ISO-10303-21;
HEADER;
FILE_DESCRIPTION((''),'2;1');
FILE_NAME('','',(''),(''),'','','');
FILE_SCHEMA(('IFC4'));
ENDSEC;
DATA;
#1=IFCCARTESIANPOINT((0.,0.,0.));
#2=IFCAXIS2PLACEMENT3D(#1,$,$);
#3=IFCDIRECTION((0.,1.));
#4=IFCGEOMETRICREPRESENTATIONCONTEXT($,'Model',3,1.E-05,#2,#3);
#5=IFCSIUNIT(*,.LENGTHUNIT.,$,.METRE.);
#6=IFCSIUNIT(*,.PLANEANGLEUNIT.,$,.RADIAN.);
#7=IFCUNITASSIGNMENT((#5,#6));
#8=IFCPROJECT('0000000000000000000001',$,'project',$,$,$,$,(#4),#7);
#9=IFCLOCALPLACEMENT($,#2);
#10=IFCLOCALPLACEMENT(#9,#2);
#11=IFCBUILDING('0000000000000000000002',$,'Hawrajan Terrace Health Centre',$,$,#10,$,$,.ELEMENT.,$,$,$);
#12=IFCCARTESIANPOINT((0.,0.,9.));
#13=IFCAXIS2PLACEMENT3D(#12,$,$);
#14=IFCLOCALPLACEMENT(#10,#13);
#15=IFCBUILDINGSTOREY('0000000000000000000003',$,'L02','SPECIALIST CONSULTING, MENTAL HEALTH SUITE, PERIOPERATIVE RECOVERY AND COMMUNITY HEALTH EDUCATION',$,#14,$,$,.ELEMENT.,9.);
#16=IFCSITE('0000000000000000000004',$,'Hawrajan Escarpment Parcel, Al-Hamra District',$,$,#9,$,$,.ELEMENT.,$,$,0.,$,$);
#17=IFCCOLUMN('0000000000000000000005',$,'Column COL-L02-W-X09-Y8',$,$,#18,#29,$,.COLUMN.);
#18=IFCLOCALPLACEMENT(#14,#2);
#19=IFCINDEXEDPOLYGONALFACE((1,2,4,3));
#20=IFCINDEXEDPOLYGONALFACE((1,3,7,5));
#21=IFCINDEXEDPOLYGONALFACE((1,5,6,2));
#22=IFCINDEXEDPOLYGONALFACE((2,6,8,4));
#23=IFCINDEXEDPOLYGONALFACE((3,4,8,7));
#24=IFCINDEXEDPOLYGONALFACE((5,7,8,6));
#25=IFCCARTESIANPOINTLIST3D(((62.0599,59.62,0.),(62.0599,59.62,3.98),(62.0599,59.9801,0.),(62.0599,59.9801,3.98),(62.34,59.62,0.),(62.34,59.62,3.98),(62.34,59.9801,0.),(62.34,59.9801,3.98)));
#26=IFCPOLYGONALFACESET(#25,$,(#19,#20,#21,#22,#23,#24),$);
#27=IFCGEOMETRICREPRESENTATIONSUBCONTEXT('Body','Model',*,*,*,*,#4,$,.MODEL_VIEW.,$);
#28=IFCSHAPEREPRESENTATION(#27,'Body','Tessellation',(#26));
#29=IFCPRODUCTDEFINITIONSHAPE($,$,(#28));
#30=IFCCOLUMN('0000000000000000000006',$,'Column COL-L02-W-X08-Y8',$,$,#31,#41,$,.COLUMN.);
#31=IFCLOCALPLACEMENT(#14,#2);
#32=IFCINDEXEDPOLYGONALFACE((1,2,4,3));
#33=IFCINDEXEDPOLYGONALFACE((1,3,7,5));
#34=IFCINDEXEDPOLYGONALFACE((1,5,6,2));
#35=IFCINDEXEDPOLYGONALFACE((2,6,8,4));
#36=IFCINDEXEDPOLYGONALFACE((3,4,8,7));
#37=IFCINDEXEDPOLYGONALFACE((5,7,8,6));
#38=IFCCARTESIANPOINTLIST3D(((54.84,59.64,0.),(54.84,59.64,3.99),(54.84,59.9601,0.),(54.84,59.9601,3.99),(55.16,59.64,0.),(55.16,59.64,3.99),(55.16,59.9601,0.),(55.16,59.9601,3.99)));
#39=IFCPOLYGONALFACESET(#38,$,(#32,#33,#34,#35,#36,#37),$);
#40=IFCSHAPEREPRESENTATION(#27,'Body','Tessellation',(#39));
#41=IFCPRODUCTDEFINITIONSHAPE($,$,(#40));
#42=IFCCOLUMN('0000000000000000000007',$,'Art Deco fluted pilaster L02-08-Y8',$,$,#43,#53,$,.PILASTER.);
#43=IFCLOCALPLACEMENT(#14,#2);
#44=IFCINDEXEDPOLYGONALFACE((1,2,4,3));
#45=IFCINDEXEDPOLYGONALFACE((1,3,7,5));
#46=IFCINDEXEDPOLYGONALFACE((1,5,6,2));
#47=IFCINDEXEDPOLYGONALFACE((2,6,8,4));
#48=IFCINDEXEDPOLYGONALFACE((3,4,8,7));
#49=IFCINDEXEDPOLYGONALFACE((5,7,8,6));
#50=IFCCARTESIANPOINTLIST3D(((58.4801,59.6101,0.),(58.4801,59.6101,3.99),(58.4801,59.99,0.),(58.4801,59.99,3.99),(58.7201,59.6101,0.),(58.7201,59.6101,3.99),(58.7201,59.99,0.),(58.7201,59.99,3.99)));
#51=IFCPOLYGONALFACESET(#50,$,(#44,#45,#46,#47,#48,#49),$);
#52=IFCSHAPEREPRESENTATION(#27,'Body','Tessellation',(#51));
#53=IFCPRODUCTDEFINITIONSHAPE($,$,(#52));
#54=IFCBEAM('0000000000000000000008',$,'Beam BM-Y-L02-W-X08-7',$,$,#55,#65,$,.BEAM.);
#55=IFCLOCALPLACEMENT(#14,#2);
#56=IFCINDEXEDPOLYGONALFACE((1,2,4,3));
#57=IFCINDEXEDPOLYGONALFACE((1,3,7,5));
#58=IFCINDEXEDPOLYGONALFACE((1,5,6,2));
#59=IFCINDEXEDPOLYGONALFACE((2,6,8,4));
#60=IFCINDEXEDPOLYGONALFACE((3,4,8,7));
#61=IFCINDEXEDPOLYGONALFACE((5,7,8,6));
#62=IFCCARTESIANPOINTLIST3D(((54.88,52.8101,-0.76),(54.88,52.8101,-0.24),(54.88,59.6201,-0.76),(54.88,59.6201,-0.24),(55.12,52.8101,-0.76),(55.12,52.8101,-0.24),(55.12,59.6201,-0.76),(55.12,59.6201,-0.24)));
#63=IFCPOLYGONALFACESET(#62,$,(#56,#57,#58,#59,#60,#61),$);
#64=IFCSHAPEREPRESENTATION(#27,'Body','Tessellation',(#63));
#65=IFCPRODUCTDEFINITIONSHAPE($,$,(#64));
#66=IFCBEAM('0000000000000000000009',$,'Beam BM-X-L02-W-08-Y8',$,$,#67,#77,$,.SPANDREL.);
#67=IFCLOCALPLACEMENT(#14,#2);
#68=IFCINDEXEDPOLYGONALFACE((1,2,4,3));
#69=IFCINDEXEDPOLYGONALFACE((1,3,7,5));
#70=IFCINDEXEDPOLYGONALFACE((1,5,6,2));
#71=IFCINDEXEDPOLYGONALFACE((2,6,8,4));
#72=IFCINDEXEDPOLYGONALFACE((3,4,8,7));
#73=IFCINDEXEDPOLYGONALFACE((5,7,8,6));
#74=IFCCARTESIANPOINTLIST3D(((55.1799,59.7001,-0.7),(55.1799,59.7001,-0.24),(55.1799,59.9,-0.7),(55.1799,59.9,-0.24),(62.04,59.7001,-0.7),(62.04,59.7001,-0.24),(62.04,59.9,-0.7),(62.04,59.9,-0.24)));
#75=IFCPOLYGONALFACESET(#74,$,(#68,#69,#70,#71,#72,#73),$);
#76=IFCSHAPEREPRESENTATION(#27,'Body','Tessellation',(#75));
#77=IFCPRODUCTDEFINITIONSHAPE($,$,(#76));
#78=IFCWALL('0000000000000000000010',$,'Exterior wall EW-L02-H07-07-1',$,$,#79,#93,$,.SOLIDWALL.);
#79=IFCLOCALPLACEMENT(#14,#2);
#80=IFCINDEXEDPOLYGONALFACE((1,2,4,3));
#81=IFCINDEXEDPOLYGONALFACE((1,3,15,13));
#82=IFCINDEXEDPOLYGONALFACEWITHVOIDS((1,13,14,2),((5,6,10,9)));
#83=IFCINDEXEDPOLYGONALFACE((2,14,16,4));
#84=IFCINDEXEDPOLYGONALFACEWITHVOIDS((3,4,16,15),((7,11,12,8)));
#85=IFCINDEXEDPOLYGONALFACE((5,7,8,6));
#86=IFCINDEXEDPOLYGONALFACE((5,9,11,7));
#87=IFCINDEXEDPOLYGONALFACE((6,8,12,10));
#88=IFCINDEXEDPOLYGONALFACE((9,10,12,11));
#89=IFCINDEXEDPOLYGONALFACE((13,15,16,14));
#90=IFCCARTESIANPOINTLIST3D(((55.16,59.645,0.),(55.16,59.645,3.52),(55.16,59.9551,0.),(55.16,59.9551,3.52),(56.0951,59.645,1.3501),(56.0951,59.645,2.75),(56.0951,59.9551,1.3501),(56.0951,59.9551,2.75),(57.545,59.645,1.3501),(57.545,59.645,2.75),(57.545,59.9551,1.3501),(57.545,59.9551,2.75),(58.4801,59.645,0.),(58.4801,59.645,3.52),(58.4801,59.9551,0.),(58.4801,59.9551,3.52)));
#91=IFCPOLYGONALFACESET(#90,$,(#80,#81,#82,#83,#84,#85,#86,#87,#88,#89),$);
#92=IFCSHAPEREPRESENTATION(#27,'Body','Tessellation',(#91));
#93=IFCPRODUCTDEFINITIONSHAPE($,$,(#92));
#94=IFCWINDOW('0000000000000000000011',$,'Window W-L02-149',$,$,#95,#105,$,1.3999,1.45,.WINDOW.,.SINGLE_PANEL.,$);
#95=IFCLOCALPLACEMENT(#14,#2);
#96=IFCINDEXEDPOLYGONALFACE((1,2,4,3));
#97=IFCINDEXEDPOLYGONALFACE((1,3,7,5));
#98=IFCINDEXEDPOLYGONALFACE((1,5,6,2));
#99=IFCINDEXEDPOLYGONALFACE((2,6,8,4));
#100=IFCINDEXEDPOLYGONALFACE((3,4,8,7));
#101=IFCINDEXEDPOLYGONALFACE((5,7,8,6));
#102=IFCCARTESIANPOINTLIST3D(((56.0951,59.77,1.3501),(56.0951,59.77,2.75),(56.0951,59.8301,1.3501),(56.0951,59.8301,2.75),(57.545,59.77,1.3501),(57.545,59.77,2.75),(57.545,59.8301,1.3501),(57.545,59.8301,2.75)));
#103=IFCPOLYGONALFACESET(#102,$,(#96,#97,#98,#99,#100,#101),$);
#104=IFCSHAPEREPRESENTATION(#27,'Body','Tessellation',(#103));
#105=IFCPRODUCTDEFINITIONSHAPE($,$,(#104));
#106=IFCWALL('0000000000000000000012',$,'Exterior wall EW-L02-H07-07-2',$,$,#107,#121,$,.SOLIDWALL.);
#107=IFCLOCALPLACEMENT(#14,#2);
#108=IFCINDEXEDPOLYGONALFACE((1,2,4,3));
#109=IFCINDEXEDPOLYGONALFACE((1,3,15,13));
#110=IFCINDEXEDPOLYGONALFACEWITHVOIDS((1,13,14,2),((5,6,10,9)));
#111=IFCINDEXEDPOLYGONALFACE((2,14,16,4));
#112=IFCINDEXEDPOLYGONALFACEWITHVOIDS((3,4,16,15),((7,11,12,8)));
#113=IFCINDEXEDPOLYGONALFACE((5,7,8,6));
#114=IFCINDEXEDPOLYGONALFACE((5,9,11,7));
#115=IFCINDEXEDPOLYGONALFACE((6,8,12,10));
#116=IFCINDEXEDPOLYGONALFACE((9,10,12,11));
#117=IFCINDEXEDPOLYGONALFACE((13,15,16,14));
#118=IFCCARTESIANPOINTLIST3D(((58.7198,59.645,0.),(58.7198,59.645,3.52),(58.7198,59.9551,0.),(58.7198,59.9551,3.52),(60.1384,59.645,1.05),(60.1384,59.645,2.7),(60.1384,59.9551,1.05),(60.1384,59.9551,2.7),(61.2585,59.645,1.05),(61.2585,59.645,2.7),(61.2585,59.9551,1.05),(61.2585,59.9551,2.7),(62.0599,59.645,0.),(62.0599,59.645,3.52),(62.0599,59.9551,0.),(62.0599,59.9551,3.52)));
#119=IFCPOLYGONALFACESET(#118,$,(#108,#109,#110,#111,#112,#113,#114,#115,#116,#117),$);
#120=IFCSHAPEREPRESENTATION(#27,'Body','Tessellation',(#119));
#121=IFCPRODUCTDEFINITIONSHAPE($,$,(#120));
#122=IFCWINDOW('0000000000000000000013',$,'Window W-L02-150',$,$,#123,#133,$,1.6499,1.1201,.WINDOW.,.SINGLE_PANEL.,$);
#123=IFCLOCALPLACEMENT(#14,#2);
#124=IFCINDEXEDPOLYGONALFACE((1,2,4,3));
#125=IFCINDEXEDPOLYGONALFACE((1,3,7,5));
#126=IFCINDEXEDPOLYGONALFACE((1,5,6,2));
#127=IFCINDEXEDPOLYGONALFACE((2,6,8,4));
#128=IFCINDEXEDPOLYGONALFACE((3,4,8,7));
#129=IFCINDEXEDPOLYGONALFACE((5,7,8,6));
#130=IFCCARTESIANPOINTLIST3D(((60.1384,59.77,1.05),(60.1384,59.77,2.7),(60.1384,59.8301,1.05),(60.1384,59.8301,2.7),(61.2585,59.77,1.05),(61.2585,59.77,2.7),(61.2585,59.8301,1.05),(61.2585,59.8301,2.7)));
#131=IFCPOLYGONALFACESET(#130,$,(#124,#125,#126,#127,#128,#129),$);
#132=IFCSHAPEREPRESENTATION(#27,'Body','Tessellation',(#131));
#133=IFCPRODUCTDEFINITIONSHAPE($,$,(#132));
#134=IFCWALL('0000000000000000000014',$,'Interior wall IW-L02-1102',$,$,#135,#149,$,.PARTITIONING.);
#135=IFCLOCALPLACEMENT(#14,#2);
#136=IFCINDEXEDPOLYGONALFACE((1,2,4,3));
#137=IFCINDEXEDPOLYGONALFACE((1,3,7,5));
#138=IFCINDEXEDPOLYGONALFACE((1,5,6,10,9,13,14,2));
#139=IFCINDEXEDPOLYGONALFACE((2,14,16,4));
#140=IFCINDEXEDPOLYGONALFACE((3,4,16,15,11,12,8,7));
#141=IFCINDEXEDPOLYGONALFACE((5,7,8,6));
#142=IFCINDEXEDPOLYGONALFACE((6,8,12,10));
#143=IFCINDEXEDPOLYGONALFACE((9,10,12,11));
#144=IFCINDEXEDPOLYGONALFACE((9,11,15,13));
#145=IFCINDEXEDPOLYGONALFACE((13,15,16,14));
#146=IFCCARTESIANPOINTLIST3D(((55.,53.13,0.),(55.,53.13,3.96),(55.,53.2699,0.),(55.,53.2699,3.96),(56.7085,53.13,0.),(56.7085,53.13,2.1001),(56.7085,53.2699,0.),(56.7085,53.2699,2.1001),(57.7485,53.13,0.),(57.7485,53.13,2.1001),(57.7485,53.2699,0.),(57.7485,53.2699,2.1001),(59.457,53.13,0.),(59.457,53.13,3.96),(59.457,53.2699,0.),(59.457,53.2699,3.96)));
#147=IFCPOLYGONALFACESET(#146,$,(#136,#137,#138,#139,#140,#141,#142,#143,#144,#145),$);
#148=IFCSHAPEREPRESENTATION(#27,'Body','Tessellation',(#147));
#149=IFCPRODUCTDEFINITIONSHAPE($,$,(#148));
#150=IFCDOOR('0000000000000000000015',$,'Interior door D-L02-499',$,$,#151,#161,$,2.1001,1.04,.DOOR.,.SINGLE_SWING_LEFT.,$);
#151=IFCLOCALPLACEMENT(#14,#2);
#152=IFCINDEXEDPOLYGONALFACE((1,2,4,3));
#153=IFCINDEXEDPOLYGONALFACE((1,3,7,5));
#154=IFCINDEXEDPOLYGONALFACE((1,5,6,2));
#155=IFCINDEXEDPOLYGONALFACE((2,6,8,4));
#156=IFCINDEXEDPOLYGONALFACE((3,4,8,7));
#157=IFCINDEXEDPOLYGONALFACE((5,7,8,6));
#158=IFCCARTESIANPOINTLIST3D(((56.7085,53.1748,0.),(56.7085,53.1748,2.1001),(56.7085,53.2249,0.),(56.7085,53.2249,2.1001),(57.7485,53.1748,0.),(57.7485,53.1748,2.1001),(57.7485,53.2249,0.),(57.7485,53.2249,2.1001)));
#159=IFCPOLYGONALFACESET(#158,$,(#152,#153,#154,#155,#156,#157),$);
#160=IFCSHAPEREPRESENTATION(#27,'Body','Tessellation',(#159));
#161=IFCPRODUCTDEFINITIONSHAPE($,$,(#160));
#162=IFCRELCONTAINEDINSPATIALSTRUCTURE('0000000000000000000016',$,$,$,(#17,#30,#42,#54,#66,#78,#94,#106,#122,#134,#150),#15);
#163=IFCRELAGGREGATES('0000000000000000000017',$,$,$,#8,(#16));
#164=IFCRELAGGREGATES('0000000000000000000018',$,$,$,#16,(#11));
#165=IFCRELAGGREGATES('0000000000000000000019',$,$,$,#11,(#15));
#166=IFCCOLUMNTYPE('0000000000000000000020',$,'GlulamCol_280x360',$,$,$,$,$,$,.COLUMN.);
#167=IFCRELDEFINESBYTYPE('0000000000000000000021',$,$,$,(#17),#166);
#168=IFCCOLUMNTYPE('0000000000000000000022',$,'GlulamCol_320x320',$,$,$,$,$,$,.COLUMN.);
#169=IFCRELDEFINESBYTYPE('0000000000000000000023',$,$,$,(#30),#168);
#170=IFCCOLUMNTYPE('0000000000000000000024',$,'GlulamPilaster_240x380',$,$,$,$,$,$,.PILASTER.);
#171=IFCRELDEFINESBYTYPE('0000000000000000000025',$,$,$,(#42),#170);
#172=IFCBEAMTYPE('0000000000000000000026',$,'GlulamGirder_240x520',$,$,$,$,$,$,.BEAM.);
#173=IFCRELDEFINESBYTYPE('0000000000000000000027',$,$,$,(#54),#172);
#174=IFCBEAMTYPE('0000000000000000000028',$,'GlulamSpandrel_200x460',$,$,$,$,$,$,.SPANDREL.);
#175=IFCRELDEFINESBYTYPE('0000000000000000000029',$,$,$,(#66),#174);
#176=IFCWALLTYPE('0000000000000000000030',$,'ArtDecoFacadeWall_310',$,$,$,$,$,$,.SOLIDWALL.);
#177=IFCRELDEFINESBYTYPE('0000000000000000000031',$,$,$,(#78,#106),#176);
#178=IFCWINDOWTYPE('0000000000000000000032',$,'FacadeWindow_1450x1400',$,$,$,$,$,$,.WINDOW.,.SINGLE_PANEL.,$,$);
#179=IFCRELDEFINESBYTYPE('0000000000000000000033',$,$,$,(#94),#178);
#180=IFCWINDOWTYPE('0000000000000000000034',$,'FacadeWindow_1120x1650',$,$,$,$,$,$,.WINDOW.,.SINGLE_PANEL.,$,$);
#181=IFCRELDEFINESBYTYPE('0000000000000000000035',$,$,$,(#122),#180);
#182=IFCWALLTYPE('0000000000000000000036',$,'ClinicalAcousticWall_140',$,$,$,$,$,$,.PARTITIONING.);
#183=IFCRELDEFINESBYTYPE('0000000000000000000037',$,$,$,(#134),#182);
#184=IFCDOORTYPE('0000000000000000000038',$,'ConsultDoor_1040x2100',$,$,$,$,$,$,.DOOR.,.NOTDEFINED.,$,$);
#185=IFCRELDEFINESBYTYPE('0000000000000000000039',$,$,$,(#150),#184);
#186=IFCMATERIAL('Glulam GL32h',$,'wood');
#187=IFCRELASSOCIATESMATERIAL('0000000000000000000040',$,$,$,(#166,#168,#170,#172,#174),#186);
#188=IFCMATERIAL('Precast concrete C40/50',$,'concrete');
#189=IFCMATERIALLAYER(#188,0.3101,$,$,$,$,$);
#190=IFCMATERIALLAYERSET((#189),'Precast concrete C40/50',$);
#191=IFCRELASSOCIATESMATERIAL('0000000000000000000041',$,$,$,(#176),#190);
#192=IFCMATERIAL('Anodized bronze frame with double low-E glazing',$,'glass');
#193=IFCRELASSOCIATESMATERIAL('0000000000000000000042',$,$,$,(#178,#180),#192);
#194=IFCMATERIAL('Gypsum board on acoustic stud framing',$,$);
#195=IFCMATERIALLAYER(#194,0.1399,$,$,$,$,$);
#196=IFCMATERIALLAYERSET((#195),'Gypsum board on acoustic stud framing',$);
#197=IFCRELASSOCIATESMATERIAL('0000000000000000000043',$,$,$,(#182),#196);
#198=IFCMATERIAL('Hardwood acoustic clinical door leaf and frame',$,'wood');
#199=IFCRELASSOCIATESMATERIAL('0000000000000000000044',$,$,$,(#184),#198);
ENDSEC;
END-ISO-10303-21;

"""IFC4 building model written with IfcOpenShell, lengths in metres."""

from ifc_helpers import new_model, si_unit, direction, frame, frame_2d, origin, origin_2d, place, context, subcontext, project, spatial, rectangle, extrude, material, layer, layer_set, material_profile, profile_set, type_object, element, fill, save


model = new_model("IFC4")

# Units and contexts
model_context = context("Model", 3, precision=1e-05, world=origin(), true_north=direction((0.0, 1.0)))
body_context = subcontext(model_context, "Body", "Model", "MODEL_VIEW")
ifc_project = project(units=[si_unit("LENGTHUNIT", "METRE"), si_unit("PLANEANGLEUNIT", "RADIAN")], contexts=[model_context])

# Site, building, storey
site_placement = place(None, origin())
site = spatial("IfcSite", under=ifc_project, at=site_placement, Name="Hawrajan Escarpment Parcel, Al-Hamra District", CompositionType="ELEMENT", RefElevation=0.0)
building_placement = place(site_placement, origin())
building = spatial("IfcBuilding", under=site, at=building_placement, Name="Hawrajan Terrace Health Centre", CompositionType="ELEMENT")
storey_placement = place(building_placement, frame((0.0, 0.0, 9.0)))
storey = spatial("IfcBuildingStorey", under=building, at=storey_placement, Name="L02", Description="SPECIALIST CONSULTING, MENTAL HEALTH SUITE, PERIOPERATIVE RECOVERY AND COMMUNITY HEALTH EDUCATION", CompositionType="ELEMENT", Elevation=9.0)

# Columns
ifc_material_1 = material(Name="Glulam GL32h", Category="wood")
ifc_material_profile_1 = material_profile(ifc_material_1, rectangle(XDim=0.28, YDim=0.3601, at=origin_2d()), Name="GL 280x360")
ifc_profile_set_1 = profile_set([ifc_material_profile_1], Name="Glulam GL32h")
column_type_1 = type_object("IfcColumnType", Name="GlulamCol_280x360", PredefinedType="COLUMN", material=ifc_profile_set_1)
column_1_placement = place(storey_placement, frame((62.2, 59.8, 0.0), z_axis=(0.0, 0.0, 1.0), x_axis=(1.0, 0.0, 0.0)))
element("IfcColumn", 1, at=column_1_placement, inside=storey, type_object=column_type_1, Name="Column COL-L02-W-X09-Y8", PredefinedType="COLUMN", context=body_context, shape_type="SweptSolid", body=[
    extrude(rectangle(XDim=0.28, YDim=0.3601, at=origin_2d()), origin(), (0.0, 0.0, 1.0), 3.98),
])
ifc_material_profile_2 = material_profile(ifc_material_1, rectangle(XDim=0.3201, YDim=0.3201, at=origin_2d()), Name="GL 320x320")
ifc_profile_set_2 = profile_set([ifc_material_profile_2], Name="Glulam GL32h")
column_type_2 = type_object("IfcColumnType", Name="GlulamCol_320x320", PredefinedType="COLUMN", material=ifc_profile_set_2)
column_2_placement = place(storey_placement, frame((55.0, 59.8, 0.0), z_axis=(0.0, 0.0, 1.0), x_axis=(1.0, 0.0, 0.0)))
element("IfcColumn", 2, at=column_2_placement, inside=storey, type_object=column_type_2, Name="Column COL-L02-W-X08-Y8", PredefinedType="COLUMN", context=body_context, shape_type="SweptSolid", body=[
    extrude(rectangle(XDim=0.3201, YDim=0.3201, at=origin_2d()), origin(), (0.0, 0.0, 1.0), 3.99),
])
ifc_material_profile_3 = material_profile(ifc_material_1, rectangle(XDim=0.24, YDim=0.3799, at=origin_2d()), Name="GL PIL 240x380")
ifc_profile_set_3 = profile_set([ifc_material_profile_3], Name="Glulam GL32h")
column_type_3 = type_object("IfcColumnType", Name="GlulamPilaster_240x380", PredefinedType="PILASTER", material=ifc_profile_set_3)
column_3_placement = place(storey_placement, frame((58.6001, 59.8, 0.0), z_axis=(0.0, 0.0, 1.0), x_axis=(1.0, 0.0, 0.0)))
element("IfcColumn", 3, at=column_3_placement, inside=storey, type_object=column_type_3, Name="Art Deco fluted pilaster L02-08-Y8", PredefinedType="PILASTER", context=body_context, shape_type="SweptSolid", body=[
    extrude(rectangle(XDim=0.24, YDim=0.3799, at=origin_2d()), origin(), (0.0, 0.0, 1.0), 3.99),
])

# Beams
ifc_material_profile_4 = material_profile(ifc_material_1, rectangle(XDim=0.24, YDim=0.52, at=origin_2d()), Name="GL BM 240x520")
ifc_profile_set_4 = profile_set([ifc_material_profile_4], Name="Glulam GL32h")
beam_type_1 = type_object("IfcBeamType", Name="GlulamGirder_240x520", PredefinedType="BEAM", material=ifc_profile_set_4)
beam_1_placement = place(storey_placement, frame((55.0, 52.8101, -0.5), z_axis=(0.0, 1.0, 0.0), x_axis=(-1.0, 0.0, 0.0)))
element("IfcBeam", 4, at=beam_1_placement, inside=storey, type_object=beam_type_1, Name="Beam BM-Y-L02-W-X08-7", PredefinedType="BEAM", context=body_context, shape_type="SweptSolid", body=[
    extrude(rectangle(XDim=0.24, YDim=0.52, at=origin_2d()), origin(), (0.0, 0.0, 1.0), 6.8101),
])
ifc_material_profile_5 = material_profile(ifc_material_1, rectangle(XDim=0.2, YDim=0.46, at=origin_2d()), Name="GL SP 200x460")
ifc_profile_set_5 = profile_set([ifc_material_profile_5], Name="Glulam GL32h")
beam_type_2 = type_object("IfcBeamType", Name="GlulamSpandrel_200x460", PredefinedType="SPANDREL", material=ifc_profile_set_5)
beam_2_placement = place(storey_placement, frame((55.1799, 59.8, -0.47), z_axis=(1.0, 0.0, 0.0), x_axis=(0.0, 1.0, 0.0)))
element("IfcBeam", 5, at=beam_2_placement, inside=storey, type_object=beam_type_2, Name="Beam BM-X-L02-W-08-Y8", PredefinedType="SPANDREL", context=body_context, shape_type="SweptSolid", body=[
    extrude(rectangle(XDim=0.2, YDim=0.46, at=origin_2d()), origin(), (0.0, 0.0, 1.0), 6.8601),
])

# Walls, openings, windows
ifc_material_2 = material(Name="Precast concrete C40/50", Category="concrete")
ifc_layer_1 = layer(ifc_material_2, 0.3101)
ifc_layer_set_1 = layer_set([ifc_layer_1], Name="Precast concrete C40/50")
wall_type_1 = type_object("IfcWallType", Name="ArtDecoFacadeWall_310", PredefinedType="SOLIDWALL", material=ifc_layer_set_1)
wall_1_placement = place(storey_placement, frame((55.1599, 59.8, 0.0), z_axis=(0.0, 0.0, 1.0), x_axis=(1.0, 0.0, 0.0)))
wall_1 = element("IfcWall", 6, at=wall_1_placement, inside=storey, type_object=wall_type_1, Name="Exterior wall EW-L02-H07-07-1", PredefinedType="SOLIDWALL", context=body_context, shape_type="SweptSolid", body=[
    extrude(rectangle(XDim=3.3201, YDim=0.3101, at=frame_2d((1.6602, 0.0))), origin(), (0.0, 0.0, 1.0), 3.52),
])
opening_1_placement = place(wall_1_placement, frame((0.9351, 0.0, 1.3501)))
opening_1 = element("IfcOpeningElement", 7, at=opening_1_placement, cuts=wall_1, PredefinedType="OPENING", context=body_context, shape_type="SweptSolid", body=[
    extrude(rectangle(XDim=1.45, YDim=1.3999, at=frame_2d((0.7251, 0.7))), frame((0.0, 0.165, 0.0), z_axis=(0.0, -1.0, 0.0), x_axis=(1.0, 0.0, 0.0)), (0.0, 0.0, 1.0), 0.3301),
])
ifc_material_3 = material(Name="Anodized bronze frame with double low-E glazing", Category="glass")
window_type_1 = type_object("IfcWindowType", Name="FacadeWindow_1450x1400", PartitioningType="SINGLE_PANEL", PredefinedType="WINDOW", material=ifc_material_3)
window_1_placement = place(opening_1_placement, origin())
window_1 = element("IfcWindow", 8, at=window_1_placement, inside=storey, type_object=window_type_1, Name="Window W-L02-149", OverallHeight=1.3999, OverallWidth=1.45, PartitioningType="SINGLE_PANEL", PredefinedType="WINDOW", context=body_context, shape_type="SweptSolid", body=[
    extrude(rectangle(XDim=1.45, YDim=1.3999, at=frame_2d((0.7251, 0.7))), frame((0.0, 0.03, 0.0), z_axis=(0.0, -1.0, 0.0), x_axis=(1.0, 0.0, 0.0)), (0.0, 0.0, 1.0), 0.0601),
])
fill(opening_1, window_1)
wall_2_placement = place(storey_placement, frame((58.72, 59.8, 0.0), z_axis=(0.0, 0.0, 1.0), x_axis=(1.0, 0.0, 0.0)))
wall_2 = element("IfcWall", 9, at=wall_2_placement, inside=storey, type_object=wall_type_1, Name="Exterior wall EW-L02-H07-07-2", PredefinedType="SOLIDWALL", context=body_context, shape_type="SweptSolid", body=[
    extrude(rectangle(XDim=3.3401, YDim=0.3101, at=frame_2d((1.6699, 0.0))), origin(), (0.0, 0.0, 1.0), 3.52),
])
opening_2_placement = place(wall_2_placement, frame((1.4185, 0.0, 1.05)))
opening_2 = element("IfcOpeningElement", 10, at=opening_2_placement, cuts=wall_2, PredefinedType="OPENING", context=body_context, shape_type="SweptSolid", body=[
    extrude(rectangle(XDim=1.1201, YDim=1.6499, at=frame_2d((0.5601, 0.825))), frame((0.0, 0.165, 0.0), z_axis=(0.0, -1.0, 0.0), x_axis=(1.0, 0.0, 0.0)), (0.0, 0.0, 1.0), 0.3301),
])
window_type_2 = type_object("IfcWindowType", Name="FacadeWindow_1120x1650", PartitioningType="SINGLE_PANEL", PredefinedType="WINDOW", material=ifc_material_3)
window_2_placement = place(opening_2_placement, origin())
window_2 = element("IfcWindow", 11, at=window_2_placement, inside=storey, type_object=window_type_2, Name="Window W-L02-150", OverallHeight=1.6499, OverallWidth=1.1201, PartitioningType="SINGLE_PANEL", PredefinedType="WINDOW", context=body_context, shape_type="SweptSolid", body=[
    extrude(rectangle(XDim=1.1201, YDim=1.6499, at=frame_2d((0.5601, 0.825))), frame((0.0, 0.03, 0.0), z_axis=(0.0, -1.0, 0.0), x_axis=(1.0, 0.0, 0.0)), (0.0, 0.0, 1.0), 0.0601),
])
fill(opening_2, window_2)

# Wall, opening, door
ifc_material_4 = material(Name="Gypsum board on acoustic stud framing")
ifc_layer_2 = layer(ifc_material_4, 0.1399)
ifc_layer_set_2 = layer_set([ifc_layer_2], Name="Gypsum board on acoustic stud framing")
wall_type_2 = type_object("IfcWallType", Name="ClinicalAcousticWall_140", PredefinedType="PARTITIONING", material=ifc_layer_set_2)
wall_3_placement = place(storey_placement, frame((55.0, 53.2, 0.0), z_axis=(0.0, 0.0, 1.0), x_axis=(1.0, 0.0, 0.0)))
wall_3 = element("IfcWall", 12, at=wall_3_placement, inside=storey, type_object=wall_type_2, Name="Interior wall IW-L02-1102", PredefinedType="PARTITIONING", context=body_context, shape_type="SweptSolid", body=[
    extrude(rectangle(XDim=4.457, YDim=0.1399, at=frame_2d((2.2285, 0.0))), origin(), (0.0, 0.0, 1.0), 3.96),
])
opening_3_placement = place(wall_3_placement, frame((1.7085, 0.0, 0.0)))
opening_3 = element("IfcOpeningElement", 13, at=opening_3_placement, cuts=wall_3, PredefinedType="OPENING", context=body_context, shape_type="SweptSolid", body=[
    extrude(rectangle(XDim=1.04, YDim=2.1001, at=frame_2d((0.52, 1.05))), frame((0.0, 0.0798, 0.0), z_axis=(0.0, -1.0, 0.0), x_axis=(1.0, 0.0, 0.0)), (0.0, 0.0, 1.0), 0.1599),
])
ifc_material_5 = material(Name="Hardwood acoustic clinical door leaf and frame", Category="wood")
door_type_1 = type_object("IfcDoorType", Name="ConsultDoor_1040x2100", OperationType="NOTDEFINED", PredefinedType="DOOR", material=ifc_material_5)
door_1_placement = place(opening_3_placement, origin())
door_1 = element("IfcDoor", 14, at=door_1_placement, inside=storey, type_object=door_type_1, Name="Interior door D-L02-499", OperationType="SINGLE_SWING_LEFT", OverallHeight=2.1001, OverallWidth=1.04, PredefinedType="DOOR", context=body_context, shape_type="SweptSolid", body=[
    extrude(rectangle(XDim=1.04, YDim=2.1001, at=frame_2d((0.52, 1.05))), frame((0.0, 0.0249, 0.0), z_axis=(0.0, -1.0, 0.0), x_axis=(1.0, 0.0, 0.0)), (0.0, 0.0, 1.0), 0.05),
])
fill(opening_3, door_1)

save(model, "model.ifc")
